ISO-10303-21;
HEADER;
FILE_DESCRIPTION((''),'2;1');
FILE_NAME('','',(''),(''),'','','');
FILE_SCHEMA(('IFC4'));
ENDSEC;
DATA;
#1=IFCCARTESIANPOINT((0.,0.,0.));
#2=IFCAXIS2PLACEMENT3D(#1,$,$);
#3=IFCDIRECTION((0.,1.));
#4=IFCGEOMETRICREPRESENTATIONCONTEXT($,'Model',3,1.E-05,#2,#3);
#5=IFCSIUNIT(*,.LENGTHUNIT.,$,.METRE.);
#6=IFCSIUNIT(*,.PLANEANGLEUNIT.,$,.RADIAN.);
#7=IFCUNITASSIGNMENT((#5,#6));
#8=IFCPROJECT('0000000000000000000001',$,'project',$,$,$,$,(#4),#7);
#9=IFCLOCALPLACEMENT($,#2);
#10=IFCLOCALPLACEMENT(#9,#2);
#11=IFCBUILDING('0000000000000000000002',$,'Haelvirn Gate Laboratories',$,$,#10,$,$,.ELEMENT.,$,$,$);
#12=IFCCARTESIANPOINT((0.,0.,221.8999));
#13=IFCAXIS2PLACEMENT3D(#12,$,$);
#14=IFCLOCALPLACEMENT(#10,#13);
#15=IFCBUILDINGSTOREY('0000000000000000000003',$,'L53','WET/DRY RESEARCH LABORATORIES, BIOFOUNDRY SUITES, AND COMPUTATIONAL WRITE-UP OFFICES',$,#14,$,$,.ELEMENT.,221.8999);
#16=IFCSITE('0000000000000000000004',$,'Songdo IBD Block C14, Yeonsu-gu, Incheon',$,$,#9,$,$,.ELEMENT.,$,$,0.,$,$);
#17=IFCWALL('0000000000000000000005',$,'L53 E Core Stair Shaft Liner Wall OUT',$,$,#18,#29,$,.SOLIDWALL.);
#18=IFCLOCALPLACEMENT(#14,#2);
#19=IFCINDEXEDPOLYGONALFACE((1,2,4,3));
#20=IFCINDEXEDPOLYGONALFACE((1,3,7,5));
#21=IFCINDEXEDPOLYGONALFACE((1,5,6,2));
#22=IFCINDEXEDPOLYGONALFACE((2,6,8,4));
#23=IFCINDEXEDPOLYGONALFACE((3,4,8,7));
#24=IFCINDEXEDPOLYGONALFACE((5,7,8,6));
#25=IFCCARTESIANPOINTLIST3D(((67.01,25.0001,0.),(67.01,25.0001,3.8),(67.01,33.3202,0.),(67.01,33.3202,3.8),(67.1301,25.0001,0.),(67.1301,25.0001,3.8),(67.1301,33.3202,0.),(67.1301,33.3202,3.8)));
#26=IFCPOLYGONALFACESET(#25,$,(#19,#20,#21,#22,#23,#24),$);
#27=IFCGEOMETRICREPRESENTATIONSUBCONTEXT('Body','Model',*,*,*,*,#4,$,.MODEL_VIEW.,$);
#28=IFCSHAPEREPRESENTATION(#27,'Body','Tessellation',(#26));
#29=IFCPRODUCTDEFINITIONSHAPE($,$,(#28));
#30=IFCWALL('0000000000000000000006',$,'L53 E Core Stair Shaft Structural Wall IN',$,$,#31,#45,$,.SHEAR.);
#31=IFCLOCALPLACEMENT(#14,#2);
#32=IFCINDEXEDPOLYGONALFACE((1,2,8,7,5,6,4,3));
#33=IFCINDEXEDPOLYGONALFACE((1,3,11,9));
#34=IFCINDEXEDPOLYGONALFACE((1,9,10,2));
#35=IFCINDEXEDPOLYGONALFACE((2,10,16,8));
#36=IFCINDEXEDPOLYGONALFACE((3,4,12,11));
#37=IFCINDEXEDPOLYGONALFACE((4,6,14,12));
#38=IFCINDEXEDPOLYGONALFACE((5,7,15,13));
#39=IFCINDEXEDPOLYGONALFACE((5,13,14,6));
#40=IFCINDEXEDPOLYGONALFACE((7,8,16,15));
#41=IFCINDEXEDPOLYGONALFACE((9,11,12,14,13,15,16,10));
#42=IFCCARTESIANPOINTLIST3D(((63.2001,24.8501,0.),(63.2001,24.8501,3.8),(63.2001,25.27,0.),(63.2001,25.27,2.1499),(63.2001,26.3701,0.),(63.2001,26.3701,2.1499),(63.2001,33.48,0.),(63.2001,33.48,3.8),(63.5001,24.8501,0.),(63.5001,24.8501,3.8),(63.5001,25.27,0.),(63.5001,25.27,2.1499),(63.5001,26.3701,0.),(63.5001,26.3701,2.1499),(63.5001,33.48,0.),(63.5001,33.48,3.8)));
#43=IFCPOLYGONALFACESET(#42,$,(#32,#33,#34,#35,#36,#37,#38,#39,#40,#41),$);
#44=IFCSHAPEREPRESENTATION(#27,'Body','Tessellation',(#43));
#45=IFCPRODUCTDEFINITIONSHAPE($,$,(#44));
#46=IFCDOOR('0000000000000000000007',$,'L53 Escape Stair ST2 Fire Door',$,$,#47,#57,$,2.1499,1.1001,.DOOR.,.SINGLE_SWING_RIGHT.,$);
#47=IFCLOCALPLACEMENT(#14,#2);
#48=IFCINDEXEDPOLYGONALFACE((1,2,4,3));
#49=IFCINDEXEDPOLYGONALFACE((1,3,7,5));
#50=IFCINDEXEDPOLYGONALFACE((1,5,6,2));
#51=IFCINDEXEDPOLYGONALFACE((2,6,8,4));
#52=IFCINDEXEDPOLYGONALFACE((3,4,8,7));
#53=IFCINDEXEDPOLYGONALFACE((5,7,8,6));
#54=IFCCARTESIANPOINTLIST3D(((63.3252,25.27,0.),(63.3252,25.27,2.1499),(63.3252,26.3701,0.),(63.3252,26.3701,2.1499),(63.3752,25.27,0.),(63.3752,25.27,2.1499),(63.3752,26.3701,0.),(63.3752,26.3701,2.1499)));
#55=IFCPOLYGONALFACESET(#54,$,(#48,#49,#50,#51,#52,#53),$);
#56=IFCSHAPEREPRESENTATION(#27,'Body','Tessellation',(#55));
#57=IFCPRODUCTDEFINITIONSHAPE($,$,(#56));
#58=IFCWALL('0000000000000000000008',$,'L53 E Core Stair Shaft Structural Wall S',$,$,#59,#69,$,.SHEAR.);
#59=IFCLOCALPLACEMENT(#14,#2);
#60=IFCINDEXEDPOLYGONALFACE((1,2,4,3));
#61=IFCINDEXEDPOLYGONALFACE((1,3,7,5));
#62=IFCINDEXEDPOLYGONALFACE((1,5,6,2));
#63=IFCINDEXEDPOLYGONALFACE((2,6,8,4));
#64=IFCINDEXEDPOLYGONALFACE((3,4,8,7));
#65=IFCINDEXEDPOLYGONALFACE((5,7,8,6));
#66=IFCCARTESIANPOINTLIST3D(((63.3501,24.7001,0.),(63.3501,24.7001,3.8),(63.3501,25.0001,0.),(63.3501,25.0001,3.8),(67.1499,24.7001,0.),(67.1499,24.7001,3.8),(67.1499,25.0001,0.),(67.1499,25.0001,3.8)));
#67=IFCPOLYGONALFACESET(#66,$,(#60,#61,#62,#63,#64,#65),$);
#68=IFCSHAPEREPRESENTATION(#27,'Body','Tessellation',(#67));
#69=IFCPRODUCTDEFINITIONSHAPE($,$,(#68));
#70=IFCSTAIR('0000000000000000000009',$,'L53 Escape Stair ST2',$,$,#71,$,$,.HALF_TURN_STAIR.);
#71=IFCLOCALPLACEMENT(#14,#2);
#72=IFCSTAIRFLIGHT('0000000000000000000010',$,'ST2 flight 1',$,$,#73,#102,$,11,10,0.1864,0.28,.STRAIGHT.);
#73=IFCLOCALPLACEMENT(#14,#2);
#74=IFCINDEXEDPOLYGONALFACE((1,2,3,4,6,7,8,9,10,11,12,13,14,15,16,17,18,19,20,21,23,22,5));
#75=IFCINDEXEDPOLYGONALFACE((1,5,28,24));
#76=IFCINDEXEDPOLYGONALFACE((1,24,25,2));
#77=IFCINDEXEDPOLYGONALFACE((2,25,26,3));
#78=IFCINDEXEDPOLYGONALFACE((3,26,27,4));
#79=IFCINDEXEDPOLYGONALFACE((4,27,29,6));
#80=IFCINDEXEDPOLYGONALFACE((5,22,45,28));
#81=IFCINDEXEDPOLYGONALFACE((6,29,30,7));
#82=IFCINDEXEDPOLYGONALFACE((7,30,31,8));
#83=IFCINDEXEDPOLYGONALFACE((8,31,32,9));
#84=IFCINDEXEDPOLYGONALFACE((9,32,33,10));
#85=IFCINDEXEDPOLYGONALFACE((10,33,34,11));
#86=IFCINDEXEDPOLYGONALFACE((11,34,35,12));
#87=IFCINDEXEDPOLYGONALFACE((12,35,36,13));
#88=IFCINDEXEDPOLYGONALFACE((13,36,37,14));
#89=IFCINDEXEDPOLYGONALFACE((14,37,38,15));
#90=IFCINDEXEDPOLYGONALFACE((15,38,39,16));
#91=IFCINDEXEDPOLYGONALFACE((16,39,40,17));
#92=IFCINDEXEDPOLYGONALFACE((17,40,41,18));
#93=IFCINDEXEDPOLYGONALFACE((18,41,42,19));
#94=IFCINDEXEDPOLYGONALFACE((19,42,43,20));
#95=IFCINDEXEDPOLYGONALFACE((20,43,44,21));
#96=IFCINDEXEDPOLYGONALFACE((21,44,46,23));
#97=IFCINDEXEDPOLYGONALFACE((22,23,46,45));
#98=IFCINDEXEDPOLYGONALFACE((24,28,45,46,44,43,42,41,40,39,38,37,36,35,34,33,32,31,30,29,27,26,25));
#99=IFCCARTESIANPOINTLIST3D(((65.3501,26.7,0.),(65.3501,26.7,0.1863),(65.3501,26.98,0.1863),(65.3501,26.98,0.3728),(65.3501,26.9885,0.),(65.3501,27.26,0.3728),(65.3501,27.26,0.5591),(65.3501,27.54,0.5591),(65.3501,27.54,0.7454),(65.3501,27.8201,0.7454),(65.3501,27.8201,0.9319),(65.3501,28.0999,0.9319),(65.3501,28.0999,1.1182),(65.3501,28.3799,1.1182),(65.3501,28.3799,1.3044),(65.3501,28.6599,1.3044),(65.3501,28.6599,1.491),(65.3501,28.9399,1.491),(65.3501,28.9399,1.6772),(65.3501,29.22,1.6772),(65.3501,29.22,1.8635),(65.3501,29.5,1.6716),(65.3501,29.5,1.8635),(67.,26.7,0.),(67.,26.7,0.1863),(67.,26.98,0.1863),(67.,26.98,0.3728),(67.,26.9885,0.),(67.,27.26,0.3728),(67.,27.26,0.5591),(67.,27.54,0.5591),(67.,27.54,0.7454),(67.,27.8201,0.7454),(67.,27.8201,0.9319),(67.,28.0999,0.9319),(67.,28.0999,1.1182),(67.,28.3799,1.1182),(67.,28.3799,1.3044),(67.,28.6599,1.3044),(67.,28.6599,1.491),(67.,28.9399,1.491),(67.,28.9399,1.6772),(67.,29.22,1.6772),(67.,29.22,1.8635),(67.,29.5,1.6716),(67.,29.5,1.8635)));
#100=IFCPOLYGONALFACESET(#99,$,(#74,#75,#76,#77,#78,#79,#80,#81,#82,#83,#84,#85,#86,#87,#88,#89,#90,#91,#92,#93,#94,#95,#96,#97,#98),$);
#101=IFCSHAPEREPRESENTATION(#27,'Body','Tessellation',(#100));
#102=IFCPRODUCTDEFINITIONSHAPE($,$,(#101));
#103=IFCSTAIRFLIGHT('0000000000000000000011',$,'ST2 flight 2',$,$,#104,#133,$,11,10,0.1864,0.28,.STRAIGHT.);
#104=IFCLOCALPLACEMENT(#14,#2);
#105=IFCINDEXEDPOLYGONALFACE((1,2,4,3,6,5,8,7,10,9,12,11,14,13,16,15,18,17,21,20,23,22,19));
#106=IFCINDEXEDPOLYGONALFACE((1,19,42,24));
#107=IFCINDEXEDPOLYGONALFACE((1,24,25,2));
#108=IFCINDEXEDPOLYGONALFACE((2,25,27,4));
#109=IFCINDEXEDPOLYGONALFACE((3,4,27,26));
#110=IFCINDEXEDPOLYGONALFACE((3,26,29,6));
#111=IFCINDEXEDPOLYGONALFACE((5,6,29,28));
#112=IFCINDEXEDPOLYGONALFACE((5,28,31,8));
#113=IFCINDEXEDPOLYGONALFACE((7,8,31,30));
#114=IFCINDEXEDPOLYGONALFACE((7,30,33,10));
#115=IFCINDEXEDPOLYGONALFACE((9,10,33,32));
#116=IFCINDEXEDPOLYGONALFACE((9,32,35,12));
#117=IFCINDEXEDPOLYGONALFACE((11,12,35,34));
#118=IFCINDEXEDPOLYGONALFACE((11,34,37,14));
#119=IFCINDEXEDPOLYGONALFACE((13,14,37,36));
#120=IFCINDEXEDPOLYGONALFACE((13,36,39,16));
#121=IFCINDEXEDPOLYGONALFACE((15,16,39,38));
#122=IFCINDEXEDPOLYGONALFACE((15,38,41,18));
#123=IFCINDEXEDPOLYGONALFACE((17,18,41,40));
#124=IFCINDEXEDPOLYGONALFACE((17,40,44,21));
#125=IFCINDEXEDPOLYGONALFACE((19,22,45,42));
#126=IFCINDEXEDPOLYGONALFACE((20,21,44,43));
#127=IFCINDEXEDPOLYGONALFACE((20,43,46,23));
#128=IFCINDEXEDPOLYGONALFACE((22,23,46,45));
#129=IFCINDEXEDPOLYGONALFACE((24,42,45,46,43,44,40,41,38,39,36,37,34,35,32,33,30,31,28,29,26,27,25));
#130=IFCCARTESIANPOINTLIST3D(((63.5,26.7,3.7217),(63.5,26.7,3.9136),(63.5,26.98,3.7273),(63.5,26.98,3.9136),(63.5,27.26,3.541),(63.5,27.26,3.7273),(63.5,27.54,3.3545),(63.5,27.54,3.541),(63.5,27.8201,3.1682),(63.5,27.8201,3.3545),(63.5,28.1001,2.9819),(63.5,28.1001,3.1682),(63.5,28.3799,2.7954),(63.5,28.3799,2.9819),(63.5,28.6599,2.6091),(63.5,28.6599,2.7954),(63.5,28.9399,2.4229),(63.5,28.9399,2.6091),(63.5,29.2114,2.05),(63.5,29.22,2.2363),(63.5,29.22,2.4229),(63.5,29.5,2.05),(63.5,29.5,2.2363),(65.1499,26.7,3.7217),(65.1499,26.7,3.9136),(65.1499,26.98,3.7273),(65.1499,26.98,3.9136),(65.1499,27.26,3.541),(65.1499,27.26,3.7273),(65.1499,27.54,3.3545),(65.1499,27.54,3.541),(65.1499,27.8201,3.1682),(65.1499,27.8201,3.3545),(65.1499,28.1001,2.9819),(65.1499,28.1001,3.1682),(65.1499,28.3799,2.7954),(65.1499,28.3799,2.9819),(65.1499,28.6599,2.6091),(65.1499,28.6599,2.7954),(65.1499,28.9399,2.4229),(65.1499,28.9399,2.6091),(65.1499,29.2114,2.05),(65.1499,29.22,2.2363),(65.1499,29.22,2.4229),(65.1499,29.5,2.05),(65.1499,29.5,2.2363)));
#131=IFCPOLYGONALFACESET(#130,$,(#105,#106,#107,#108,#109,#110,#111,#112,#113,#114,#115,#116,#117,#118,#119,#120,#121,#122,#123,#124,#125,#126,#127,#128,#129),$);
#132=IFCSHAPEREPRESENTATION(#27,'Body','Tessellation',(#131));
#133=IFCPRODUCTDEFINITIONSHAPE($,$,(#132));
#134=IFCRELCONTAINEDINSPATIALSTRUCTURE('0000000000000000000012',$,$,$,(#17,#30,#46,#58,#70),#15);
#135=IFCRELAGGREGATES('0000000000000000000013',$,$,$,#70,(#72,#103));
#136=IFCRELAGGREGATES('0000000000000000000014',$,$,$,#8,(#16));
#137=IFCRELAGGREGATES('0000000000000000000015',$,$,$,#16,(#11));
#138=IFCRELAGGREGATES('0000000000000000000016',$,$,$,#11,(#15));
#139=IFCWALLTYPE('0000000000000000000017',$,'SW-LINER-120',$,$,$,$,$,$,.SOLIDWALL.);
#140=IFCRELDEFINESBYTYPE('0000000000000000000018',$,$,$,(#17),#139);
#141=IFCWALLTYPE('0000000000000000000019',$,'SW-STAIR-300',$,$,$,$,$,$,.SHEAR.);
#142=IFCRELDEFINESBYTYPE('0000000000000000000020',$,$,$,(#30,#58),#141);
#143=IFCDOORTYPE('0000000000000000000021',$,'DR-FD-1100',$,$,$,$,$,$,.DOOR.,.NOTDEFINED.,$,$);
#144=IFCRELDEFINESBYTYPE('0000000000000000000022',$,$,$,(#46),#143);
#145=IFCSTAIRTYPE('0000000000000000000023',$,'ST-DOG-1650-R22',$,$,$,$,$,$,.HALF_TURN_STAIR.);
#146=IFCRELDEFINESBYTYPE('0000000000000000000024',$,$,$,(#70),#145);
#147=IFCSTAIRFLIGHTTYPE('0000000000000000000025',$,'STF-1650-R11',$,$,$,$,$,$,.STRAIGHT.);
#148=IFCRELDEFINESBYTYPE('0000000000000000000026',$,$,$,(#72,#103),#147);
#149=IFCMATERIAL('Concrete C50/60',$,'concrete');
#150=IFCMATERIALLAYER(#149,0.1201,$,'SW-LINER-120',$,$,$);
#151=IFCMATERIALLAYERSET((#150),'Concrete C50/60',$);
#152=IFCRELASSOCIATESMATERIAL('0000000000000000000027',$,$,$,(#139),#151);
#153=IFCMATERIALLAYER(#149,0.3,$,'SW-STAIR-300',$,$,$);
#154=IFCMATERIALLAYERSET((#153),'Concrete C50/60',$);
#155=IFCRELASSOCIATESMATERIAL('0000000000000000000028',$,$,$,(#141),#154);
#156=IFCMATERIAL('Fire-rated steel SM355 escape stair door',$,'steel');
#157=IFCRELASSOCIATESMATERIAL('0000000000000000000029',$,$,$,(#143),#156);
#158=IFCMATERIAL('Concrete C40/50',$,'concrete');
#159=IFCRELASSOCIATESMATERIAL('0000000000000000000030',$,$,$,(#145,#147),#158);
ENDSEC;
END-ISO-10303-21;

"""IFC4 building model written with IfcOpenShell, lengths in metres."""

from ifc_helpers import new_model, si_unit, direction, frame, frame_2d, origin, place, context, subcontext, project, spatial, polyline, rectangle, outline, extrude, source, transform, mapped, material, layer, layer_set, type_object, type_shapes, element, fill, aggregate, save


model = new_model("IFC4")

# Units and contexts
model_context = context("Model", 3, precision=1e-05, world=origin(), true_north=direction((0.0, 1.0)))
body_context = subcontext(model_context, "Body", "Model", "MODEL_VIEW")
ifc_project = project(units=[si_unit("LENGTHUNIT", "METRE"), si_unit("PLANEANGLEUNIT", "RADIAN")], contexts=[model_context])

# Site, building, storey
site_placement = place(None, origin())
site = spatial("IfcSite", under=ifc_project, at=site_placement, Name="Songdo IBD Block C14, Yeonsu-gu, Incheon", CompositionType="ELEMENT", RefElevation=0.0)
building_placement = place(site_placement, origin())
building = spatial("IfcBuilding", under=site, at=building_placement, Name="Haelvirn Gate Laboratories", CompositionType="ELEMENT")
storey_placement = place(building_placement, frame((0.0, 0.0, 221.8999)))
storey = spatial("IfcBuildingStorey", under=building, at=storey_placement, Name="L53", Description="WET/DRY RESEARCH LABORATORIES, BIOFOUNDRY SUITES, AND COMPUTATIONAL WRITE-UP OFFICES", CompositionType="ELEMENT", Elevation=221.8999)

# Shared definitions
ifc_material_1 = material(Name="Concrete C40/50", Category="concrete")

# Wall
ifc_material_2 = material(Name="Concrete C50/60", Category="concrete")
ifc_layer_1 = layer(ifc_material_2, 0.1201, Name="SW-LINER-120")
ifc_layer_set_1 = layer_set([ifc_layer_1], Name="Concrete C50/60")
wall_type_1 = type_object("IfcWallType", Name="SW-LINER-120", PredefinedType="SOLIDWALL", material=ifc_layer_set_1)
wall_1_placement = place(storey_placement, frame((67.0701, 25.0, 0.0), z_axis=(0.0, 0.0, 1.0), x_axis=(0.0, 1.0, 0.0)))
element("IfcWall", 1, at=wall_1_placement, inside=storey, type_object=wall_type_1, Name="L53 E Core Stair Shaft Liner Wall OUT", PredefinedType="SOLIDWALL", context=body_context, shape_type="SweptSolid", body=[
    extrude(rectangle(XDim=8.3201, YDim=0.1201, at=frame_2d((4.1602, 0.0))), origin(), (0.0, 0.0, 1.0), 3.8),
])

# Wall, opening, door
ifc_layer_2 = layer(ifc_material_2, 0.3, Name="SW-STAIR-300")
ifc_layer_set_2 = layer_set([ifc_layer_2], Name="Concrete C50/60")
wall_type_2 = type_object("IfcWallType", Name="SW-STAIR-300", PredefinedType="SHEAR", material=ifc_layer_set_2)
wall_2_placement = place(storey_placement, frame((63.3501, 24.8501, 0.0), z_axis=(0.0, 0.0, 1.0), x_axis=(0.0, 1.0, 0.0)))
wall_2 = element("IfcWall", 2, at=wall_2_placement, inside=storey, type_object=wall_type_2, Name="L53 E Core Stair Shaft Structural Wall IN", PredefinedType="SHEAR", context=body_context, shape_type="SweptSolid", body=[
    extrude(rectangle(XDim=8.6299, YDim=0.3, at=frame_2d((4.3149, 0.0))), origin(), (0.0, 0.0, 1.0), 3.8),
])
opening_1_placement = place(wall_2_placement, frame((0.4199, 0.0, 0.0)))
opening_1 = element("IfcOpeningElement", 3, at=opening_1_placement, cuts=wall_2, PredefinedType="OPENING", context=body_context, shape_type="SweptSolid", body=[
    extrude(rectangle(XDim=1.1001, YDim=2.1499, at=frame_2d((0.55, 1.075))), frame((0.0, 0.1602, 0.0), z_axis=(0.0, -1.0, 0.0), x_axis=(1.0, 0.0, 0.0)), (0.0, 0.0, 1.0), 0.3201),
])
ifc_material_3 = material(Name="Fire-rated steel SM355 escape stair door", Category="steel")
door_type_1 = type_object("IfcDoorType", Name="DR-FD-1100", OperationType="NOTDEFINED", PredefinedType="DOOR", material=ifc_material_3)
shared_shape_1 = source(origin(), body_context, "Body", "SweptSolid", [
    extrude(rectangle(XDim=1.1001, YDim=2.1499, at=frame_2d((0.55, 1.075))), frame((0.0, 0.0249, 0.0), z_axis=(0.0, -1.0, 0.0), x_axis=(1.0, 0.0, 0.0)), (0.0, 0.0, 1.0), 0.05),
])
type_shapes(door_type_1, [shared_shape_1])
door_1_placement = place(opening_1_placement, origin())
door_1 = element("IfcDoor", 4, at=door_1_placement, inside=storey, type_object=door_type_1, Name="L53 Escape Stair ST2 Fire Door", OperationType="SINGLE_SWING_RIGHT", OverallHeight=2.1499, OverallWidth=1.1001, PredefinedType="DOOR", context=body_context, shape_type="MappedRepresentation", body=[
    mapped(shared_shape_1, transform((0.0, 0.0, 0.0), scale=1.0)),
])
fill(opening_1, door_1)

# Wall
wall_3_placement = place(storey_placement, frame((63.3501, 24.8501, 0.0), z_axis=(0.0, 0.0, 1.0), x_axis=(1.0, 0.0, 0.0)))
element("IfcWall", 5, at=wall_3_placement, inside=storey, type_object=wall_type_2, Name="L53 E Core Stair Shaft Structural Wall S", PredefinedType="SHEAR", context=body_context, shape_type="SweptSolid", body=[
    extrude(rectangle(XDim=3.7998, YDim=0.3, at=frame_2d((1.8999, 0.0))), origin(), (0.0, 0.0, 1.0), 3.8),
])

# Stair, stair flights
stair_type = type_object("IfcStairType", Name="ST-DOG-1650-R22", PredefinedType="HALF_TURN_STAIR", material=ifc_material_1)
stair_placement = place(storey_placement, origin())
stair = element("IfcStair", 6, at=stair_placement, inside=storey, type_object=stair_type, Name="L53 Escape Stair ST2", PredefinedType="HALF_TURN_STAIR")
stair_flight_type = type_object("IfcStairFlightType", Name="STF-1650-R11", PredefinedType="STRAIGHT", material=ifc_material_1)
shared_shape_2 = source(origin(), body_context, "Body", "SweptSolid", [
    extrude(outline(polyline([(0.0, 0.0), (0.0, 0.1863), (0.28, 0.1863), (0.28, 0.3728), (0.5601, 0.3728), (0.5601, 0.5591), (0.8401, 0.5591), (0.8401, 0.7454), (1.1201, 0.7454), (1.1201, 0.9319), (1.3999, 0.9319), (1.3999, 1.1182), (1.6799, 1.1182), (1.6799, 1.3044), (1.96, 1.3044), (1.96, 1.491), (2.24, 1.491), (2.24, 1.6772), (2.52, 1.6772), (2.52, 1.8635), (2.8, 1.8635), (2.8, 2.05), (2.8, 1.6716), (0.2886, 0.0), (0.0, 0.0)])), frame((0.0, 0.825, 0.0), z_axis=(0.0, -1.0, 0.0), x_axis=(1.0, 0.0, 0.0)), (0.0, 0.0, 1.0), 1.6499),
])
type_shapes(stair_flight_type, [shared_shape_2])
stair_flight_1_placement = place(storey_placement, frame((66.175, 26.7, 0.0), z_axis=(0.0, 0.0, 1.0), x_axis=(0.0, 1.0, 0.0)))
stair_flight_1 = element("IfcStairFlight", 7, at=stair_flight_1_placement, type_object=stair_flight_type, Name="ST2 flight 1", NumberOfRisers=11, NumberOfTreads=10, PredefinedType="STRAIGHT", RiserHeight=0.1864, TreadLength=0.28, context=body_context, shape_type="MappedRepresentation", body=[
    mapped(shared_shape_2, transform((0.0, 0.0, 0.0), scale=1.0)),
])
stair_flight_2_placement = place(storey_placement, frame((64.325, 29.5, 2.05), z_axis=(0.0, 0.0, 1.0), x_axis=(0.0, -1.0, 0.0)))
stair_flight_2 = element("IfcStairFlight", 8, at=stair_flight_2_placement, type_object=stair_flight_type, Name="ST2 flight 2", NumberOfRisers=11, NumberOfTreads=10, PredefinedType="STRAIGHT", RiserHeight=0.1864, TreadLength=0.28, context=body_context, shape_type="MappedRepresentation", body=[
    mapped(shared_shape_2, transform((0.0, 0.0, 0.0), scale=1.0)),
])
aggregate(stair, [stair_flight_1, stair_flight_2])

save(model, "model.ifc")
